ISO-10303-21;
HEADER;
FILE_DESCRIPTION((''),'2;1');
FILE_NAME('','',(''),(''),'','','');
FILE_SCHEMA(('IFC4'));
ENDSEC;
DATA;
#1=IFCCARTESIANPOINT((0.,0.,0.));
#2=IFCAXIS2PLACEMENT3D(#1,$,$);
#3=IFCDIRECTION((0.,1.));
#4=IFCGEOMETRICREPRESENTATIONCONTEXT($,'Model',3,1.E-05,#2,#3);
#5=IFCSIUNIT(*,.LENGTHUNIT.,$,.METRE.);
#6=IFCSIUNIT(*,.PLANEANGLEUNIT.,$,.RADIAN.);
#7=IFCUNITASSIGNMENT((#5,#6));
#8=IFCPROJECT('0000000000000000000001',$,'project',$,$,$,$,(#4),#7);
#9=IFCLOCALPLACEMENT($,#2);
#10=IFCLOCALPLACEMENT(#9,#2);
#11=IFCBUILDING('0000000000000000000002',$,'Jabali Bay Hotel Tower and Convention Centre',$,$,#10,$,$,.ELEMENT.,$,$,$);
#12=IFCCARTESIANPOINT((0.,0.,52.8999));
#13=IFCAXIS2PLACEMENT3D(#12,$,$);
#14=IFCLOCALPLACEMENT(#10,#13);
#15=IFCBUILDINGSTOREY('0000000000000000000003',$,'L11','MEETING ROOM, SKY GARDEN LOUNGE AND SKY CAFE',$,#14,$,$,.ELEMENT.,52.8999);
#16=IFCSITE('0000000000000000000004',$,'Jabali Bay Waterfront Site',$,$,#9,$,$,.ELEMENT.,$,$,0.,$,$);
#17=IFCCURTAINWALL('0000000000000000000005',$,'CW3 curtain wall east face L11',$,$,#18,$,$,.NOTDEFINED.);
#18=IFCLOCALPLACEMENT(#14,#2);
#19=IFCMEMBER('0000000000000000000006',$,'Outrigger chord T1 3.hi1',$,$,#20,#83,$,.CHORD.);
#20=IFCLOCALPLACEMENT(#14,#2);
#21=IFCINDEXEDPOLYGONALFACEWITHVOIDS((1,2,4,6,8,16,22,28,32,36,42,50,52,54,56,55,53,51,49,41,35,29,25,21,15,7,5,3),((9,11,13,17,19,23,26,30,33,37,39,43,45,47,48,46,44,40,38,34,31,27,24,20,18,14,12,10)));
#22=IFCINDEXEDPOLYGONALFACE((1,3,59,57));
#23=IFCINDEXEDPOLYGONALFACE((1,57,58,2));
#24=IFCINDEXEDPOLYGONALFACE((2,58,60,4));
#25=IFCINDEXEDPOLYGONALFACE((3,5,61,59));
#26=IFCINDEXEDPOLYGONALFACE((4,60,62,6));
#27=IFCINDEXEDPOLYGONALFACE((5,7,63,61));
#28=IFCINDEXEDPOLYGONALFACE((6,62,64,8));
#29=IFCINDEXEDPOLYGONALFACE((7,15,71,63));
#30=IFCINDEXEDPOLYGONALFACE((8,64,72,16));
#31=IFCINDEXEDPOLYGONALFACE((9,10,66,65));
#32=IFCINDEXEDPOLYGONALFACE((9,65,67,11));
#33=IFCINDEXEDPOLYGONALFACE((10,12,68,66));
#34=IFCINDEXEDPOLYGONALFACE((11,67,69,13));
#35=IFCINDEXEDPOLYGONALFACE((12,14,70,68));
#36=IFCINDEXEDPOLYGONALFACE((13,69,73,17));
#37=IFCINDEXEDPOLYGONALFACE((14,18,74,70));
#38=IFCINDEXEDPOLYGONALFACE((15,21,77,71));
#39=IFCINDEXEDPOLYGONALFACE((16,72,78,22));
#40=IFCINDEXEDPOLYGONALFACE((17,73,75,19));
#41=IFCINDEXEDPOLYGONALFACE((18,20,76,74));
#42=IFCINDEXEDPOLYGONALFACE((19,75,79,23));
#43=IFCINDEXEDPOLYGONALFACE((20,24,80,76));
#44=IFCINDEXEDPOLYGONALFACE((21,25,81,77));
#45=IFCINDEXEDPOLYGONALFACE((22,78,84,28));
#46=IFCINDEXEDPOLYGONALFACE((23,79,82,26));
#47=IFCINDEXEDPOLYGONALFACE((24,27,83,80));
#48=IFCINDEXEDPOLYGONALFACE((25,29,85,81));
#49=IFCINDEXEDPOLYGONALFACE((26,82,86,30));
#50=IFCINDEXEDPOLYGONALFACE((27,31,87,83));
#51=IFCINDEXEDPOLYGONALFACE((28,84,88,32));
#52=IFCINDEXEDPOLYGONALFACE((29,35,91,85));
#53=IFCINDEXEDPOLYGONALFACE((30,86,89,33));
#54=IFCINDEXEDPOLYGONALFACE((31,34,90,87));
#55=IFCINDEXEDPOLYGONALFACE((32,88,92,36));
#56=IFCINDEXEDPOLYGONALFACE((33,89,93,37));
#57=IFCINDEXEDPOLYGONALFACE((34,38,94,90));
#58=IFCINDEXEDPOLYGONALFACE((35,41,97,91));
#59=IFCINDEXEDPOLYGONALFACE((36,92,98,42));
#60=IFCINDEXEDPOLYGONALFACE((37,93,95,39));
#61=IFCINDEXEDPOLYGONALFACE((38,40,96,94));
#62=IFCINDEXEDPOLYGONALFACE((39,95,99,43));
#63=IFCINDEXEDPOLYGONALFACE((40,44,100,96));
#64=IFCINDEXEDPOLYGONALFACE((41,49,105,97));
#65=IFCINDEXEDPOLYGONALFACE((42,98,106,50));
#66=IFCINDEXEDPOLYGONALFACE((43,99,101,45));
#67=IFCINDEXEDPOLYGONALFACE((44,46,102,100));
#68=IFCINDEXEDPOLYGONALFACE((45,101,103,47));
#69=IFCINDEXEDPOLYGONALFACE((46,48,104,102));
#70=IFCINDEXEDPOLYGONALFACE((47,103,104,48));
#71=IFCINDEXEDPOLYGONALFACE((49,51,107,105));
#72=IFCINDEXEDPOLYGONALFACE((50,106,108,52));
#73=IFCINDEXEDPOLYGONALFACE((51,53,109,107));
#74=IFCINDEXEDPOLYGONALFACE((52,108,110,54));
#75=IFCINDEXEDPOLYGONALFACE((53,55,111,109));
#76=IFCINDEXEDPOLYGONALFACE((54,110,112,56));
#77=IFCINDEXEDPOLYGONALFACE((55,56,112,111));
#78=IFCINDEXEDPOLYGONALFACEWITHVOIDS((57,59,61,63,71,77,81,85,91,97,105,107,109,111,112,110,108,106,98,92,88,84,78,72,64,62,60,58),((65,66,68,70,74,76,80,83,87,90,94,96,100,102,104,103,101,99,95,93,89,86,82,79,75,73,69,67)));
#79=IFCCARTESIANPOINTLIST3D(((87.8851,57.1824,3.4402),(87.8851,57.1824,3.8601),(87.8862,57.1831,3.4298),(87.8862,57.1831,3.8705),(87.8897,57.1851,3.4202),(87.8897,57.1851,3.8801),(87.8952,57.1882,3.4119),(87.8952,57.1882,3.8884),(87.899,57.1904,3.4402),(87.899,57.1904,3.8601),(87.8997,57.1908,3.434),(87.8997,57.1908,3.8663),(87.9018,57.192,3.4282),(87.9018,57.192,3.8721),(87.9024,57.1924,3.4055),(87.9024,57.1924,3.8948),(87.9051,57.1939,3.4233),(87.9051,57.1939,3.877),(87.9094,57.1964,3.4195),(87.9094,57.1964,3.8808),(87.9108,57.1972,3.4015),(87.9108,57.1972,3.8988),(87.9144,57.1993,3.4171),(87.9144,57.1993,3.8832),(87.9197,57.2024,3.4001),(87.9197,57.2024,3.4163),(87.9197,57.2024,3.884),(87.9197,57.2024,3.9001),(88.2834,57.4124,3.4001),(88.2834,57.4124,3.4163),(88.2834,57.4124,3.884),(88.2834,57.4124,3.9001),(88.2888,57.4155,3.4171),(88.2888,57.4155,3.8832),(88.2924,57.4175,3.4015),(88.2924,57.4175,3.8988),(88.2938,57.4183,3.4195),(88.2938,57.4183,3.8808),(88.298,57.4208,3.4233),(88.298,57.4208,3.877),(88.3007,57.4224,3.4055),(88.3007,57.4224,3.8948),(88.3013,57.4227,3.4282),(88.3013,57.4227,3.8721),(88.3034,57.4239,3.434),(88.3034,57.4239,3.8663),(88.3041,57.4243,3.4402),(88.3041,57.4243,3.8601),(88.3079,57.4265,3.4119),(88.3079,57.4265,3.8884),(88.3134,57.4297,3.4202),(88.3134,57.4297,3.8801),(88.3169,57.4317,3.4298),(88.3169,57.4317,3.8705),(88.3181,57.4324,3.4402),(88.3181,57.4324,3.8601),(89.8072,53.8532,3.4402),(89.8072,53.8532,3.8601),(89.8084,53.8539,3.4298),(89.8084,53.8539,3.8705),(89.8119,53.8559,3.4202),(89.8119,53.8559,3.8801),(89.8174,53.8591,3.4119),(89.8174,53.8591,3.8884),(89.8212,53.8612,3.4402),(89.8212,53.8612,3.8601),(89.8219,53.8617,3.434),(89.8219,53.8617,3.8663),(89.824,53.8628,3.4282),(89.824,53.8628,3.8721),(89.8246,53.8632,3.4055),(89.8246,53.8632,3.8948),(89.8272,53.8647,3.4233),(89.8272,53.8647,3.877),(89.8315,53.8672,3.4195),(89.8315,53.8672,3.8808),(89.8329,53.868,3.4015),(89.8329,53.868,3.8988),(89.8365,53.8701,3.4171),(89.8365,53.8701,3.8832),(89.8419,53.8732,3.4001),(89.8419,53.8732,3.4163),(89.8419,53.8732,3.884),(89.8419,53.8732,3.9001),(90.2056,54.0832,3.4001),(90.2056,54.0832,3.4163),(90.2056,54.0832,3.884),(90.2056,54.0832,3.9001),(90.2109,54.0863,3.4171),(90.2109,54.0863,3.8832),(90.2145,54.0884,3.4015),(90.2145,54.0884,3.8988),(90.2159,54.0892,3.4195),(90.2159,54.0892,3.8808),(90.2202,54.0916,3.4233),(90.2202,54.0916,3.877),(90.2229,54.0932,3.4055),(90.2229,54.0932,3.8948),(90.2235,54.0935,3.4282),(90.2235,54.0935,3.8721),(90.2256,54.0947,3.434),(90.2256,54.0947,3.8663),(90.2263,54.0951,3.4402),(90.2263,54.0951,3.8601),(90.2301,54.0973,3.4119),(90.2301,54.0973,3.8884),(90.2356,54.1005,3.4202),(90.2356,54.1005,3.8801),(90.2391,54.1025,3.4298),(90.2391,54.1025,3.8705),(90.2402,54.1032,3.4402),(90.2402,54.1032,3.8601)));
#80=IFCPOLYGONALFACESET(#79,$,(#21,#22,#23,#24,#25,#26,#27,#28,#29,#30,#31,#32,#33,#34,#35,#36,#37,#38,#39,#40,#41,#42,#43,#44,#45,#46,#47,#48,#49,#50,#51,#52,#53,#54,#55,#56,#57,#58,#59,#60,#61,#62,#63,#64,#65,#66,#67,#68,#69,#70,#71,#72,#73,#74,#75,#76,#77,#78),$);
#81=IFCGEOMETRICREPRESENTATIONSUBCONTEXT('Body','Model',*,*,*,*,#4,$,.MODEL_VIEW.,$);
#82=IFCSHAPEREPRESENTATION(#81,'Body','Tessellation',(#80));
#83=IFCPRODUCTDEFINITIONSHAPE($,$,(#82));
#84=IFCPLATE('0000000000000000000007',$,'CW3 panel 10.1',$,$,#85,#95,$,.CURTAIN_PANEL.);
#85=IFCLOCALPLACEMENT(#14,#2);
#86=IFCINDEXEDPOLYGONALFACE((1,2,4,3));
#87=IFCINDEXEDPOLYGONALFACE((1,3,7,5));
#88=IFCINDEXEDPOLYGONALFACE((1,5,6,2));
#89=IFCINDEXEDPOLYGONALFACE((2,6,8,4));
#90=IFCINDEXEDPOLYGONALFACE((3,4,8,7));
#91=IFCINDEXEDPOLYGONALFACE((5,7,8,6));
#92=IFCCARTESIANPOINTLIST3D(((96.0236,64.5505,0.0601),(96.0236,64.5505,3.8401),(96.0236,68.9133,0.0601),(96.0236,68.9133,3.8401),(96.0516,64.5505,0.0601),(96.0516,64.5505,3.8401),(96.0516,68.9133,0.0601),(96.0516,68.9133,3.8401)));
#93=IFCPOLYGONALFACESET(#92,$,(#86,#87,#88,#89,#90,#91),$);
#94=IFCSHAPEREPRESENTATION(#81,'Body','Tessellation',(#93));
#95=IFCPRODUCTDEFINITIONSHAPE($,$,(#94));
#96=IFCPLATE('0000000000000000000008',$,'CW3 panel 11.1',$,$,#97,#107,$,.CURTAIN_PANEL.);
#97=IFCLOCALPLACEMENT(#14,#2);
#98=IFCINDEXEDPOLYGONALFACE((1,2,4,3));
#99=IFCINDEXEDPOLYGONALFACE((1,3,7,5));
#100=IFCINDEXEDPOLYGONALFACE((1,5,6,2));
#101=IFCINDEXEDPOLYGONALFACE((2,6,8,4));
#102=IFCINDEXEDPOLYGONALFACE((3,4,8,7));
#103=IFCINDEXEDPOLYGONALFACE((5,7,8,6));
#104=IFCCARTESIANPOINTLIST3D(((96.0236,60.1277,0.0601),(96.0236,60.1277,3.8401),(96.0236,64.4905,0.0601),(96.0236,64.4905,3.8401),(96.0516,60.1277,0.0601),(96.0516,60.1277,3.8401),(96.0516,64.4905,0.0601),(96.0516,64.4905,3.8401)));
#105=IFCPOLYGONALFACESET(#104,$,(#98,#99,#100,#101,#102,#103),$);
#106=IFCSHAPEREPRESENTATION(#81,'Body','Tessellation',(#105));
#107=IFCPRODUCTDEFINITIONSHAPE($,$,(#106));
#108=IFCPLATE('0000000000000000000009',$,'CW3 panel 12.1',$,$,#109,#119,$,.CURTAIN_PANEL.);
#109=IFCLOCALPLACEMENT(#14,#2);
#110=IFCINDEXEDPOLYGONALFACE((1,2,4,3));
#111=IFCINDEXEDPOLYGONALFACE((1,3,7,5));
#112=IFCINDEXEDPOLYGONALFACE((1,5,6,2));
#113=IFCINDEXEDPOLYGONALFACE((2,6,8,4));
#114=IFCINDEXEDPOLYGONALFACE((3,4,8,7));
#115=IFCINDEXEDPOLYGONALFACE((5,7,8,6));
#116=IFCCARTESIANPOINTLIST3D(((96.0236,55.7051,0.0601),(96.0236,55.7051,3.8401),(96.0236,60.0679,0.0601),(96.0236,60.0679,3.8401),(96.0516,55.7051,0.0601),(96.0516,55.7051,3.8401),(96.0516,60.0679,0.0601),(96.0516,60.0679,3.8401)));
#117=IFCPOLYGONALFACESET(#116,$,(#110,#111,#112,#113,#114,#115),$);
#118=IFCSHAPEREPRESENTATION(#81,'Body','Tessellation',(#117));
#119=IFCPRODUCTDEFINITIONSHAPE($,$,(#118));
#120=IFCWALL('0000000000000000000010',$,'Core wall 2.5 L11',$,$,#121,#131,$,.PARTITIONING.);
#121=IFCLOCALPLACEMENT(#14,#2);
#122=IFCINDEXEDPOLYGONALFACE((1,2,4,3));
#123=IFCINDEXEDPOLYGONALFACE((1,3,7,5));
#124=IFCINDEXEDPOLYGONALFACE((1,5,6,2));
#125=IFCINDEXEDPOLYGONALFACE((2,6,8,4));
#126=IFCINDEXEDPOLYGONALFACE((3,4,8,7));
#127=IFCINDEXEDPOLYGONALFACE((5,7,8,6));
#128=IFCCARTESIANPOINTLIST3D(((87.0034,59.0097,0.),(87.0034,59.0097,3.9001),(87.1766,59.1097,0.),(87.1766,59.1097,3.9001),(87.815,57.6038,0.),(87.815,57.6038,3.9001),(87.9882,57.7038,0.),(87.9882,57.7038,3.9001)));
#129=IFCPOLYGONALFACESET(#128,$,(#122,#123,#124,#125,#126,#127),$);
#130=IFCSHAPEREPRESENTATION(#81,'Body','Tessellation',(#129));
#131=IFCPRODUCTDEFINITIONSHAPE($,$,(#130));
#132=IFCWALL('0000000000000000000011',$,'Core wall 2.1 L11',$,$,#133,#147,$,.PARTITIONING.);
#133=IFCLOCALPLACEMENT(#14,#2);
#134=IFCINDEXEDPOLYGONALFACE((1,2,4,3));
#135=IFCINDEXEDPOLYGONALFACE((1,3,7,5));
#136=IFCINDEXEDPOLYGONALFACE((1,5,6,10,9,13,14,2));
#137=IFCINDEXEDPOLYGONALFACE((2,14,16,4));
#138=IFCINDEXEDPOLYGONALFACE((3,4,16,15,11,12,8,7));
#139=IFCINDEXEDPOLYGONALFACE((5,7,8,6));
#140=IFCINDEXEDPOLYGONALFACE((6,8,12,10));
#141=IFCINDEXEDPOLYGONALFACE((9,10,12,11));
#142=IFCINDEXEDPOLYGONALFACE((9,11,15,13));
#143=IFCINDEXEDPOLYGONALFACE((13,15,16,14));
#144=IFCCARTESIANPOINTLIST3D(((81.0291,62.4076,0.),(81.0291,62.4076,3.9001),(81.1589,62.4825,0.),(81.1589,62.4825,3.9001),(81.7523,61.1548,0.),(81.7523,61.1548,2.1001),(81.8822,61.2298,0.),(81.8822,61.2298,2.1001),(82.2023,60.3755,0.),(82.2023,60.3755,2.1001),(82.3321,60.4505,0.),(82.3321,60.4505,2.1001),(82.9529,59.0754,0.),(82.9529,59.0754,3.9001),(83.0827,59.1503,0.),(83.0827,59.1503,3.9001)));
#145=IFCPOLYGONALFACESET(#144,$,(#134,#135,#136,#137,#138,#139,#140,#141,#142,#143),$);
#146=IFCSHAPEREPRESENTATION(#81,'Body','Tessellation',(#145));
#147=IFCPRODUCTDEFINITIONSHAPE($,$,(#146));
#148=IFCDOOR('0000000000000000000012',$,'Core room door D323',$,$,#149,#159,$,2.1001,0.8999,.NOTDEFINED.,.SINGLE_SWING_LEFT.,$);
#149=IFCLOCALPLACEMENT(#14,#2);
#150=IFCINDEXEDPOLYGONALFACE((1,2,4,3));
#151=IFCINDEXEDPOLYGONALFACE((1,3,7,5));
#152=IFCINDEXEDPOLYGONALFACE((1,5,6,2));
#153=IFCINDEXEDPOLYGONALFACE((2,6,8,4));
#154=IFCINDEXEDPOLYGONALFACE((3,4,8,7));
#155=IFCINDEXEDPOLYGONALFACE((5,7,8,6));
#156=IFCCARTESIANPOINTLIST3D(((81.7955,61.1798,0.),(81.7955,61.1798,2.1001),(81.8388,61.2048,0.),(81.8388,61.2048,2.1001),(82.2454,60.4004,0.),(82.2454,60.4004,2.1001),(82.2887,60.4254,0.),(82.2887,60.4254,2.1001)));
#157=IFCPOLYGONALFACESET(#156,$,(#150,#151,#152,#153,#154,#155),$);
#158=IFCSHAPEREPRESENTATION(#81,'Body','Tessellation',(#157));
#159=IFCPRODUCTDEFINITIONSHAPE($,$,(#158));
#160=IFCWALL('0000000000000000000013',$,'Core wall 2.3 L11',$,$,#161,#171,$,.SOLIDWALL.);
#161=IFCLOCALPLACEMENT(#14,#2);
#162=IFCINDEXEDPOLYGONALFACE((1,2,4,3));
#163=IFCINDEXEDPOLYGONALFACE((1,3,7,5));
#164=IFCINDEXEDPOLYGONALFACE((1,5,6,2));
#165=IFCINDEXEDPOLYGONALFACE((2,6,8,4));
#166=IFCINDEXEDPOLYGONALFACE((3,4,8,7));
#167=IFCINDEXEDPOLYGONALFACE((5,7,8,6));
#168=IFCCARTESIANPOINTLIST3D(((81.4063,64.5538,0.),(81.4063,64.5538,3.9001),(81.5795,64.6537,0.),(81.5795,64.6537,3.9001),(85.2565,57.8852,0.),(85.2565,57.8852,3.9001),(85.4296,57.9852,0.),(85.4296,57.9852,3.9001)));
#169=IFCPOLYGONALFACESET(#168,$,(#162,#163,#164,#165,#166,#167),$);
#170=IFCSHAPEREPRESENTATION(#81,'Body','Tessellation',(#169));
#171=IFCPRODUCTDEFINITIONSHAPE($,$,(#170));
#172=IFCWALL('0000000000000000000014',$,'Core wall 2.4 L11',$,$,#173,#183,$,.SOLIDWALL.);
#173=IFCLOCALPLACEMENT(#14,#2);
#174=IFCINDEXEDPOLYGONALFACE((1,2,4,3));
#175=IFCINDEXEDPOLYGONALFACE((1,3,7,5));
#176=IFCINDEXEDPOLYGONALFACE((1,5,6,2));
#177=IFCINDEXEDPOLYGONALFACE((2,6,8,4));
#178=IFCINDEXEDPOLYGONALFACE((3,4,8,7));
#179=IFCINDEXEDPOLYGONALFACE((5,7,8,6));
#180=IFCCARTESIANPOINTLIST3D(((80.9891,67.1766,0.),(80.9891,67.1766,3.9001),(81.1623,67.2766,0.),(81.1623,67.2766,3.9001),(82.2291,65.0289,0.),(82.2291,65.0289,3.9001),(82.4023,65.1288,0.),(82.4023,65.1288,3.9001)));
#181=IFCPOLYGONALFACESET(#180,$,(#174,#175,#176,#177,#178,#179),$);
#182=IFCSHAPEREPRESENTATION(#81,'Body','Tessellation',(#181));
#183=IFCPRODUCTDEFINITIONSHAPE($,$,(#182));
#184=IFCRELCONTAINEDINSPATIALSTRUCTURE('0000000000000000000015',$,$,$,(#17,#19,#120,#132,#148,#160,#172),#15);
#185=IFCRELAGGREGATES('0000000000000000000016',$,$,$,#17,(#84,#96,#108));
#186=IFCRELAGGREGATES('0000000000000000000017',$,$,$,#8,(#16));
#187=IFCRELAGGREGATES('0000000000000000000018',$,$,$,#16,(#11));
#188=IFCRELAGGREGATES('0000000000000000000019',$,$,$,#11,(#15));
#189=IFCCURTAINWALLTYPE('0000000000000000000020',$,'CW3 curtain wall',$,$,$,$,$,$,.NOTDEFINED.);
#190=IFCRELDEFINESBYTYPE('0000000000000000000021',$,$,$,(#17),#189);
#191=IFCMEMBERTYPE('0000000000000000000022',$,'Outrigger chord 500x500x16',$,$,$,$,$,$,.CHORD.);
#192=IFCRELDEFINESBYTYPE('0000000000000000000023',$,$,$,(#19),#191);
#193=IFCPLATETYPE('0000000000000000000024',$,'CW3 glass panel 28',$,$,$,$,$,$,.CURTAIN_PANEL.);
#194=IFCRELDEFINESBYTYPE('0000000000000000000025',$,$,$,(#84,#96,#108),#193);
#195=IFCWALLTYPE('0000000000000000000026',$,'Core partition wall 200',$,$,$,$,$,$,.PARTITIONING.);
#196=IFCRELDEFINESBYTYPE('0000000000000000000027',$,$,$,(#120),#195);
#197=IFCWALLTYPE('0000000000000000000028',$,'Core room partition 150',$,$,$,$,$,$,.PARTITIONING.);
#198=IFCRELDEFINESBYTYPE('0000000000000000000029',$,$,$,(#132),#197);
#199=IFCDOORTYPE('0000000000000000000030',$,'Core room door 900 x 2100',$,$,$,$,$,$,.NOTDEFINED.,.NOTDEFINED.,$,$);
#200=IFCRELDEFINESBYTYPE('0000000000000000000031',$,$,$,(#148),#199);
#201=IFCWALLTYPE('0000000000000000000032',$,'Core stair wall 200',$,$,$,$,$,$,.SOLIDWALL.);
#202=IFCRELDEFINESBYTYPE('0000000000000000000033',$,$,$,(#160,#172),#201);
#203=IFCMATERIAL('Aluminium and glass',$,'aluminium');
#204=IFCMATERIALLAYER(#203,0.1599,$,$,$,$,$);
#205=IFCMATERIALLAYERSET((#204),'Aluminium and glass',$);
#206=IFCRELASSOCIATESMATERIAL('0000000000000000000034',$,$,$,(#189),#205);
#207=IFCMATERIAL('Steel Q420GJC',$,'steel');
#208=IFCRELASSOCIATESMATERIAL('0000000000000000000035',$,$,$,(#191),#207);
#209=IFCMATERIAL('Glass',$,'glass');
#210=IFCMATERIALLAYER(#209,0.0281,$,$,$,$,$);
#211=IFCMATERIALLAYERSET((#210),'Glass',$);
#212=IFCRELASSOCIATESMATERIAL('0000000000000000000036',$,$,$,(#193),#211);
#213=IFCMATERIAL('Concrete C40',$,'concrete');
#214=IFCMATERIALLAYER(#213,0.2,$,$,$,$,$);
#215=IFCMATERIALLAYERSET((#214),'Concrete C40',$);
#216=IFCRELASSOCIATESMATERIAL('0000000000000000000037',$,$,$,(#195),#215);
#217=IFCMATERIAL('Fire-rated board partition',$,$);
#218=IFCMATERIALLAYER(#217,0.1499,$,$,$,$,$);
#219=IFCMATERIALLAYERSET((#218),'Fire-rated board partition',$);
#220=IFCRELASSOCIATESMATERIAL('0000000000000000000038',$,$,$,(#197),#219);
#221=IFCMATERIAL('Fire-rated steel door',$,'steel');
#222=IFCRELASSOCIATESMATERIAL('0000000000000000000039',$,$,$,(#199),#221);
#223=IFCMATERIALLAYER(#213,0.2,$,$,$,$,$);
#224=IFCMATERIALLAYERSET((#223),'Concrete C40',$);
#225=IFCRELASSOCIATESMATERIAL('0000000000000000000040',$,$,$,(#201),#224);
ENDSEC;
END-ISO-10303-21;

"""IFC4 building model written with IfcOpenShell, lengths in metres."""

from ifc_helpers import new_model, si_unit, direction, frame, frame_2d, origin, origin_2d, place, context, subcontext, project, spatial, rectangle, hollow_rectangle, extrude, material, layer, layer_set, material_profile, profile_set, type_object, element, fill, aggregate, save


model = new_model("IFC4")

# Units and contexts
model_context = context("Model", 3, precision=1e-05, world=origin(), true_north=direction((0.0, 1.0)))
body_context = subcontext(model_context, "Body", "Model", "MODEL_VIEW")
ifc_project = project(units=[si_unit("LENGTHUNIT", "METRE"), si_unit("PLANEANGLEUNIT", "RADIAN")], contexts=[model_context])

# Site, building, storey
site_placement = place(None, origin())
site = spatial("IfcSite", under=ifc_project, at=site_placement, Name="Jabali Bay Waterfront Site", CompositionType="ELEMENT", RefElevation=0.0)
building_placement = place(site_placement, origin())
building = spatial("IfcBuilding", under=site, at=building_placement, Name="Jabali Bay Hotel Tower and Convention Centre", CompositionType="ELEMENT")
storey_placement = place(building_placement, frame((0.0, 0.0, 52.8999)))
storey = spatial("IfcBuildingStorey", under=building, at=storey_placement, Name="L11", Description="MEETING ROOM, SKY GARDEN LOUNGE AND SKY CAFE", CompositionType="ELEMENT", Elevation=52.8999)

# Shared definitions
ifc_material_1 = material(Name="Steel Q420GJC", Category="steel")

# Curtain wall
ifc_material_2 = material(Name="Aluminium and glass", Category="aluminium")
ifc_layer_1 = layer(ifc_material_2, 0.1599)
ifc_layer_set_1 = layer_set([ifc_layer_1], Name="Aluminium and glass")
curtain_wall_type = type_object("IfcCurtainWallType", Name="CW3 curtain wall", PredefinedType="NOTDEFINED", material=ifc_layer_set_1)
curtain_wall_placement = place(storey_placement, origin())
curtain_wall = element("IfcCurtainWall", 1, at=curtain_wall_placement, inside=storey, type_object=curtain_wall_type, Name="CW3 curtain wall east face L11", PredefinedType="NOTDEFINED")

# Member
ifc_material_profile_1 = material_profile(ifc_material_1, hollow_rectangle(XDim=0.5, YDim=0.5, WallThickness=0.0161, InnerFilletRadius=0.0239, OuterFilletRadius=0.04, at=origin_2d()), Name="Outrigger chord 500x500x16")
ifc_profile_set_1 = profile_set([ifc_material_profile_1], Name="Steel Q420GJC")
member_type_1 = type_object("IfcMemberType", Name="Outrigger chord 500x500x16", PredefinedType="CHORD", material=ifc_profile_set_1)
member_1_placement = place(storey_placement, frame((88.1016, 57.3074, 3.6501), z_axis=(0.500012, -0.866018, 0.0), x_axis=(0.866018, 0.500012, 0.0)))
element("IfcMember", 2, at=member_1_placement, inside=storey, type_object=member_type_1, Name="Outrigger chord T1 3.hi1", PredefinedType="CHORD", context=body_context, shape_type="SweptSolid", body=[
    extrude(hollow_rectangle(XDim=0.5, YDim=0.5, WallThickness=0.0161, InnerFilletRadius=0.0239, OuterFilletRadius=0.04, at=origin_2d()), origin(), (0.0, 0.0, 1.0), 3.8442),
])

# Plates
ifc_material_3 = material(Name="Glass", Category="glass")
ifc_layer_2 = layer(ifc_material_3, 0.0281)
ifc_layer_set_2 = layer_set([ifc_layer_2], Name="Glass")
plate_type = type_object("IfcPlateType", Name="CW3 glass panel 28", PredefinedType="CURTAIN_PANEL", material=ifc_layer_set_2)
plate_1_placement = place(storey_placement, frame((96.0376, 66.7319, 0.0601), z_axis=(0.0, 0.0, 1.0), x_axis=(0.0, -1.0, 0.0)))
plate_1 = element("IfcPlate", 3, at=plate_1_placement, type_object=plate_type, Name="CW3 panel 10.1", PredefinedType="CURTAIN_PANEL", context=body_context, shape_type="SweptSolid", body=[
    extrude(rectangle(XDim=4.3628, YDim=0.0281, at=origin_2d()), origin(), (0.0, 0.0, 1.0), 3.78),
])
plate_2_placement = place(storey_placement, frame((96.0376, 62.3091, 0.0601), z_axis=(0.0, 0.0, 1.0), x_axis=(0.0, -1.0, 0.0)))
plate_2 = element("IfcPlate", 4, at=plate_2_placement, type_object=plate_type, Name="CW3 panel 11.1", PredefinedType="CURTAIN_PANEL", context=body_context, shape_type="SweptSolid", body=[
    extrude(rectangle(XDim=4.3628, YDim=0.0281, at=origin_2d()), origin(), (0.0, 0.0, 1.0), 3.78),
])
plate_3_placement = place(storey_placement, frame((96.0376, 57.8865, 0.0601), z_axis=(0.0, 0.0, 1.0), x_axis=(0.0, -1.0, 0.0)))
plate_3 = element("IfcPlate", 5, at=plate_3_placement, type_object=plate_type, Name="CW3 panel 12.1", PredefinedType="CURTAIN_PANEL", context=body_context, shape_type="SweptSolid", body=[
    extrude(rectangle(XDim=4.3628, YDim=0.0281, at=origin_2d()), origin(), (0.0, 0.0, 1.0), 3.78),
])
aggregate(curtain_wall, [plate_1, plate_2, plate_3])

# Wall
ifc_material_4 = material(Name="Concrete C40", Category="concrete")
ifc_layer_3 = layer(ifc_material_4, 0.2)
ifc_layer_set_3 = layer_set([ifc_layer_3], Name="Concrete C40")
wall_type_1 = type_object("IfcWallType", Name="Core partition wall 200", PredefinedType="PARTITIONING", material=ifc_layer_set_3)
wall_1_placement = place(storey_placement, frame((87.0901, 59.0596, 0.0), z_axis=(0.0, 0.0, 1.0), x_axis=(0.499957, -0.86605, 0.0)))
element("IfcWall", 6, at=wall_1_placement, inside=storey, type_object=wall_type_1, Name="Core wall 2.5 L11", PredefinedType="PARTITIONING", context=body_context, shape_type="SweptSolid", body=[
    extrude(rectangle(XDim=1.6233, YDim=0.2, at=frame_2d((0.8115, 0.0))), origin(), (0.0, 0.0, 1.0), 3.9001),
])

# Wall, opening, door
ifc_material_5 = material(Name="Fire-rated board partition")
ifc_layer_4 = layer(ifc_material_5, 0.1499)
ifc_layer_set_4 = layer_set([ifc_layer_4], Name="Fire-rated board partition")
wall_type_2 = type_object("IfcWallType", Name="Core room partition 150", PredefinedType="PARTITIONING", material=ifc_layer_set_4)
wall_2_placement = place(storey_placement, frame((81.094, 62.4451, 0.0), z_axis=(0.0, 0.0, 1.0), x_axis=(0.499988, -0.866032, 0.0)))
wall_2 = element("IfcWall", 7, at=wall_2_placement, inside=storey, type_object=wall_type_2, Name="Core wall 2.1 L11", PredefinedType="PARTITIONING", context=body_context, shape_type="SweptSolid", body=[
    extrude(rectangle(XDim=3.8477, YDim=0.1499, at=frame_2d((1.9238, 0.0))), origin(), (0.0, 0.0, 1.0), 3.9001),
])
opening_1_placement = place(wall_2_placement, frame((1.4465, 0.0, 0.0)))
opening_1 = element("IfcOpeningElement", 8, at=opening_1_placement, cuts=wall_2, PredefinedType="OPENING", context=body_context, shape_type="SweptSolid", body=[
    extrude(rectangle(XDim=0.8999, YDim=2.1001, at=frame_2d((0.45, 1.05))), frame((0.0, 0.0854, 0.0), z_axis=(0.0, -1.0, 0.0), x_axis=(1.0, 0.0, 0.0)), (0.0, 0.0, 1.0), 0.1709),
])
ifc_material_6 = material(Name="Fire-rated steel door", Category="steel")
door_type_1 = type_object("IfcDoorType", Name="Core room door 900 x 2100", OperationType="NOTDEFINED", PredefinedType="NOTDEFINED", material=ifc_material_6)
door_1_placement = place(opening_1_placement, origin())
door_1 = element("IfcDoor", 9, at=door_1_placement, inside=storey, type_object=door_type_1, Name="Core room door D323", OperationType="SINGLE_SWING_LEFT", OverallHeight=2.1001, OverallWidth=0.8999, PredefinedType="NOTDEFINED", context=body_context, shape_type="SweptSolid", body=[
    extrude(rectangle(XDim=0.8999, YDim=2.1001, at=frame_2d((0.45, 1.05))), frame((0.0, 0.0249, 0.0), z_axis=(0.0, -1.0, 0.0), x_axis=(1.0, 0.0, 0.0)), (0.0, 0.0, 1.0), 0.05),
])
fill(opening_1, door_1)

# Walls
ifc_layer_5 = layer(ifc_material_4, 0.2)
ifc_layer_set_5 = layer_set([ifc_layer_5], Name="Concrete C40")
wall_type_3 = type_object("IfcWallType", Name="Core stair wall 200", PredefinedType="SOLIDWALL", material=ifc_layer_set_5)
wall_3_placement = place(storey_placement, frame((81.4929, 64.6038, 0.0), z_axis=(0.0, 0.0, 1.0), x_axis=(0.500006, -0.866022, 0.0)))
element("IfcWall", 10, at=wall_3_placement, inside=storey, type_object=wall_type_3, Name="Core wall 2.3 L11", PredefinedType="SOLIDWALL", context=body_context, shape_type="SweptSolid", body=[
    extrude(rectangle(XDim=7.7002, YDim=0.2, at=frame_2d((3.8501, 0.0))), origin(), (0.0, 0.0, 1.0), 3.9001),
])
wall_4_placement = place(storey_placement, frame((81.0757, 67.2266, 0.0), z_axis=(0.0, 0.0, 1.0), x_axis=(0.500004, -0.866023, 0.0)))
element("IfcWall", 11, at=wall_4_placement, inside=storey, type_object=wall_type_3, Name="Core wall 2.4 L11", PredefinedType="SOLIDWALL", context=body_context, shape_type="SweptSolid", body=[
    extrude(rectangle(XDim=2.48, YDim=0.2, at=frame_2d((1.24, 0.0))), origin(), (0.0, 0.0, 1.0), 3.9001),
])

save(model, "model.ifc")
